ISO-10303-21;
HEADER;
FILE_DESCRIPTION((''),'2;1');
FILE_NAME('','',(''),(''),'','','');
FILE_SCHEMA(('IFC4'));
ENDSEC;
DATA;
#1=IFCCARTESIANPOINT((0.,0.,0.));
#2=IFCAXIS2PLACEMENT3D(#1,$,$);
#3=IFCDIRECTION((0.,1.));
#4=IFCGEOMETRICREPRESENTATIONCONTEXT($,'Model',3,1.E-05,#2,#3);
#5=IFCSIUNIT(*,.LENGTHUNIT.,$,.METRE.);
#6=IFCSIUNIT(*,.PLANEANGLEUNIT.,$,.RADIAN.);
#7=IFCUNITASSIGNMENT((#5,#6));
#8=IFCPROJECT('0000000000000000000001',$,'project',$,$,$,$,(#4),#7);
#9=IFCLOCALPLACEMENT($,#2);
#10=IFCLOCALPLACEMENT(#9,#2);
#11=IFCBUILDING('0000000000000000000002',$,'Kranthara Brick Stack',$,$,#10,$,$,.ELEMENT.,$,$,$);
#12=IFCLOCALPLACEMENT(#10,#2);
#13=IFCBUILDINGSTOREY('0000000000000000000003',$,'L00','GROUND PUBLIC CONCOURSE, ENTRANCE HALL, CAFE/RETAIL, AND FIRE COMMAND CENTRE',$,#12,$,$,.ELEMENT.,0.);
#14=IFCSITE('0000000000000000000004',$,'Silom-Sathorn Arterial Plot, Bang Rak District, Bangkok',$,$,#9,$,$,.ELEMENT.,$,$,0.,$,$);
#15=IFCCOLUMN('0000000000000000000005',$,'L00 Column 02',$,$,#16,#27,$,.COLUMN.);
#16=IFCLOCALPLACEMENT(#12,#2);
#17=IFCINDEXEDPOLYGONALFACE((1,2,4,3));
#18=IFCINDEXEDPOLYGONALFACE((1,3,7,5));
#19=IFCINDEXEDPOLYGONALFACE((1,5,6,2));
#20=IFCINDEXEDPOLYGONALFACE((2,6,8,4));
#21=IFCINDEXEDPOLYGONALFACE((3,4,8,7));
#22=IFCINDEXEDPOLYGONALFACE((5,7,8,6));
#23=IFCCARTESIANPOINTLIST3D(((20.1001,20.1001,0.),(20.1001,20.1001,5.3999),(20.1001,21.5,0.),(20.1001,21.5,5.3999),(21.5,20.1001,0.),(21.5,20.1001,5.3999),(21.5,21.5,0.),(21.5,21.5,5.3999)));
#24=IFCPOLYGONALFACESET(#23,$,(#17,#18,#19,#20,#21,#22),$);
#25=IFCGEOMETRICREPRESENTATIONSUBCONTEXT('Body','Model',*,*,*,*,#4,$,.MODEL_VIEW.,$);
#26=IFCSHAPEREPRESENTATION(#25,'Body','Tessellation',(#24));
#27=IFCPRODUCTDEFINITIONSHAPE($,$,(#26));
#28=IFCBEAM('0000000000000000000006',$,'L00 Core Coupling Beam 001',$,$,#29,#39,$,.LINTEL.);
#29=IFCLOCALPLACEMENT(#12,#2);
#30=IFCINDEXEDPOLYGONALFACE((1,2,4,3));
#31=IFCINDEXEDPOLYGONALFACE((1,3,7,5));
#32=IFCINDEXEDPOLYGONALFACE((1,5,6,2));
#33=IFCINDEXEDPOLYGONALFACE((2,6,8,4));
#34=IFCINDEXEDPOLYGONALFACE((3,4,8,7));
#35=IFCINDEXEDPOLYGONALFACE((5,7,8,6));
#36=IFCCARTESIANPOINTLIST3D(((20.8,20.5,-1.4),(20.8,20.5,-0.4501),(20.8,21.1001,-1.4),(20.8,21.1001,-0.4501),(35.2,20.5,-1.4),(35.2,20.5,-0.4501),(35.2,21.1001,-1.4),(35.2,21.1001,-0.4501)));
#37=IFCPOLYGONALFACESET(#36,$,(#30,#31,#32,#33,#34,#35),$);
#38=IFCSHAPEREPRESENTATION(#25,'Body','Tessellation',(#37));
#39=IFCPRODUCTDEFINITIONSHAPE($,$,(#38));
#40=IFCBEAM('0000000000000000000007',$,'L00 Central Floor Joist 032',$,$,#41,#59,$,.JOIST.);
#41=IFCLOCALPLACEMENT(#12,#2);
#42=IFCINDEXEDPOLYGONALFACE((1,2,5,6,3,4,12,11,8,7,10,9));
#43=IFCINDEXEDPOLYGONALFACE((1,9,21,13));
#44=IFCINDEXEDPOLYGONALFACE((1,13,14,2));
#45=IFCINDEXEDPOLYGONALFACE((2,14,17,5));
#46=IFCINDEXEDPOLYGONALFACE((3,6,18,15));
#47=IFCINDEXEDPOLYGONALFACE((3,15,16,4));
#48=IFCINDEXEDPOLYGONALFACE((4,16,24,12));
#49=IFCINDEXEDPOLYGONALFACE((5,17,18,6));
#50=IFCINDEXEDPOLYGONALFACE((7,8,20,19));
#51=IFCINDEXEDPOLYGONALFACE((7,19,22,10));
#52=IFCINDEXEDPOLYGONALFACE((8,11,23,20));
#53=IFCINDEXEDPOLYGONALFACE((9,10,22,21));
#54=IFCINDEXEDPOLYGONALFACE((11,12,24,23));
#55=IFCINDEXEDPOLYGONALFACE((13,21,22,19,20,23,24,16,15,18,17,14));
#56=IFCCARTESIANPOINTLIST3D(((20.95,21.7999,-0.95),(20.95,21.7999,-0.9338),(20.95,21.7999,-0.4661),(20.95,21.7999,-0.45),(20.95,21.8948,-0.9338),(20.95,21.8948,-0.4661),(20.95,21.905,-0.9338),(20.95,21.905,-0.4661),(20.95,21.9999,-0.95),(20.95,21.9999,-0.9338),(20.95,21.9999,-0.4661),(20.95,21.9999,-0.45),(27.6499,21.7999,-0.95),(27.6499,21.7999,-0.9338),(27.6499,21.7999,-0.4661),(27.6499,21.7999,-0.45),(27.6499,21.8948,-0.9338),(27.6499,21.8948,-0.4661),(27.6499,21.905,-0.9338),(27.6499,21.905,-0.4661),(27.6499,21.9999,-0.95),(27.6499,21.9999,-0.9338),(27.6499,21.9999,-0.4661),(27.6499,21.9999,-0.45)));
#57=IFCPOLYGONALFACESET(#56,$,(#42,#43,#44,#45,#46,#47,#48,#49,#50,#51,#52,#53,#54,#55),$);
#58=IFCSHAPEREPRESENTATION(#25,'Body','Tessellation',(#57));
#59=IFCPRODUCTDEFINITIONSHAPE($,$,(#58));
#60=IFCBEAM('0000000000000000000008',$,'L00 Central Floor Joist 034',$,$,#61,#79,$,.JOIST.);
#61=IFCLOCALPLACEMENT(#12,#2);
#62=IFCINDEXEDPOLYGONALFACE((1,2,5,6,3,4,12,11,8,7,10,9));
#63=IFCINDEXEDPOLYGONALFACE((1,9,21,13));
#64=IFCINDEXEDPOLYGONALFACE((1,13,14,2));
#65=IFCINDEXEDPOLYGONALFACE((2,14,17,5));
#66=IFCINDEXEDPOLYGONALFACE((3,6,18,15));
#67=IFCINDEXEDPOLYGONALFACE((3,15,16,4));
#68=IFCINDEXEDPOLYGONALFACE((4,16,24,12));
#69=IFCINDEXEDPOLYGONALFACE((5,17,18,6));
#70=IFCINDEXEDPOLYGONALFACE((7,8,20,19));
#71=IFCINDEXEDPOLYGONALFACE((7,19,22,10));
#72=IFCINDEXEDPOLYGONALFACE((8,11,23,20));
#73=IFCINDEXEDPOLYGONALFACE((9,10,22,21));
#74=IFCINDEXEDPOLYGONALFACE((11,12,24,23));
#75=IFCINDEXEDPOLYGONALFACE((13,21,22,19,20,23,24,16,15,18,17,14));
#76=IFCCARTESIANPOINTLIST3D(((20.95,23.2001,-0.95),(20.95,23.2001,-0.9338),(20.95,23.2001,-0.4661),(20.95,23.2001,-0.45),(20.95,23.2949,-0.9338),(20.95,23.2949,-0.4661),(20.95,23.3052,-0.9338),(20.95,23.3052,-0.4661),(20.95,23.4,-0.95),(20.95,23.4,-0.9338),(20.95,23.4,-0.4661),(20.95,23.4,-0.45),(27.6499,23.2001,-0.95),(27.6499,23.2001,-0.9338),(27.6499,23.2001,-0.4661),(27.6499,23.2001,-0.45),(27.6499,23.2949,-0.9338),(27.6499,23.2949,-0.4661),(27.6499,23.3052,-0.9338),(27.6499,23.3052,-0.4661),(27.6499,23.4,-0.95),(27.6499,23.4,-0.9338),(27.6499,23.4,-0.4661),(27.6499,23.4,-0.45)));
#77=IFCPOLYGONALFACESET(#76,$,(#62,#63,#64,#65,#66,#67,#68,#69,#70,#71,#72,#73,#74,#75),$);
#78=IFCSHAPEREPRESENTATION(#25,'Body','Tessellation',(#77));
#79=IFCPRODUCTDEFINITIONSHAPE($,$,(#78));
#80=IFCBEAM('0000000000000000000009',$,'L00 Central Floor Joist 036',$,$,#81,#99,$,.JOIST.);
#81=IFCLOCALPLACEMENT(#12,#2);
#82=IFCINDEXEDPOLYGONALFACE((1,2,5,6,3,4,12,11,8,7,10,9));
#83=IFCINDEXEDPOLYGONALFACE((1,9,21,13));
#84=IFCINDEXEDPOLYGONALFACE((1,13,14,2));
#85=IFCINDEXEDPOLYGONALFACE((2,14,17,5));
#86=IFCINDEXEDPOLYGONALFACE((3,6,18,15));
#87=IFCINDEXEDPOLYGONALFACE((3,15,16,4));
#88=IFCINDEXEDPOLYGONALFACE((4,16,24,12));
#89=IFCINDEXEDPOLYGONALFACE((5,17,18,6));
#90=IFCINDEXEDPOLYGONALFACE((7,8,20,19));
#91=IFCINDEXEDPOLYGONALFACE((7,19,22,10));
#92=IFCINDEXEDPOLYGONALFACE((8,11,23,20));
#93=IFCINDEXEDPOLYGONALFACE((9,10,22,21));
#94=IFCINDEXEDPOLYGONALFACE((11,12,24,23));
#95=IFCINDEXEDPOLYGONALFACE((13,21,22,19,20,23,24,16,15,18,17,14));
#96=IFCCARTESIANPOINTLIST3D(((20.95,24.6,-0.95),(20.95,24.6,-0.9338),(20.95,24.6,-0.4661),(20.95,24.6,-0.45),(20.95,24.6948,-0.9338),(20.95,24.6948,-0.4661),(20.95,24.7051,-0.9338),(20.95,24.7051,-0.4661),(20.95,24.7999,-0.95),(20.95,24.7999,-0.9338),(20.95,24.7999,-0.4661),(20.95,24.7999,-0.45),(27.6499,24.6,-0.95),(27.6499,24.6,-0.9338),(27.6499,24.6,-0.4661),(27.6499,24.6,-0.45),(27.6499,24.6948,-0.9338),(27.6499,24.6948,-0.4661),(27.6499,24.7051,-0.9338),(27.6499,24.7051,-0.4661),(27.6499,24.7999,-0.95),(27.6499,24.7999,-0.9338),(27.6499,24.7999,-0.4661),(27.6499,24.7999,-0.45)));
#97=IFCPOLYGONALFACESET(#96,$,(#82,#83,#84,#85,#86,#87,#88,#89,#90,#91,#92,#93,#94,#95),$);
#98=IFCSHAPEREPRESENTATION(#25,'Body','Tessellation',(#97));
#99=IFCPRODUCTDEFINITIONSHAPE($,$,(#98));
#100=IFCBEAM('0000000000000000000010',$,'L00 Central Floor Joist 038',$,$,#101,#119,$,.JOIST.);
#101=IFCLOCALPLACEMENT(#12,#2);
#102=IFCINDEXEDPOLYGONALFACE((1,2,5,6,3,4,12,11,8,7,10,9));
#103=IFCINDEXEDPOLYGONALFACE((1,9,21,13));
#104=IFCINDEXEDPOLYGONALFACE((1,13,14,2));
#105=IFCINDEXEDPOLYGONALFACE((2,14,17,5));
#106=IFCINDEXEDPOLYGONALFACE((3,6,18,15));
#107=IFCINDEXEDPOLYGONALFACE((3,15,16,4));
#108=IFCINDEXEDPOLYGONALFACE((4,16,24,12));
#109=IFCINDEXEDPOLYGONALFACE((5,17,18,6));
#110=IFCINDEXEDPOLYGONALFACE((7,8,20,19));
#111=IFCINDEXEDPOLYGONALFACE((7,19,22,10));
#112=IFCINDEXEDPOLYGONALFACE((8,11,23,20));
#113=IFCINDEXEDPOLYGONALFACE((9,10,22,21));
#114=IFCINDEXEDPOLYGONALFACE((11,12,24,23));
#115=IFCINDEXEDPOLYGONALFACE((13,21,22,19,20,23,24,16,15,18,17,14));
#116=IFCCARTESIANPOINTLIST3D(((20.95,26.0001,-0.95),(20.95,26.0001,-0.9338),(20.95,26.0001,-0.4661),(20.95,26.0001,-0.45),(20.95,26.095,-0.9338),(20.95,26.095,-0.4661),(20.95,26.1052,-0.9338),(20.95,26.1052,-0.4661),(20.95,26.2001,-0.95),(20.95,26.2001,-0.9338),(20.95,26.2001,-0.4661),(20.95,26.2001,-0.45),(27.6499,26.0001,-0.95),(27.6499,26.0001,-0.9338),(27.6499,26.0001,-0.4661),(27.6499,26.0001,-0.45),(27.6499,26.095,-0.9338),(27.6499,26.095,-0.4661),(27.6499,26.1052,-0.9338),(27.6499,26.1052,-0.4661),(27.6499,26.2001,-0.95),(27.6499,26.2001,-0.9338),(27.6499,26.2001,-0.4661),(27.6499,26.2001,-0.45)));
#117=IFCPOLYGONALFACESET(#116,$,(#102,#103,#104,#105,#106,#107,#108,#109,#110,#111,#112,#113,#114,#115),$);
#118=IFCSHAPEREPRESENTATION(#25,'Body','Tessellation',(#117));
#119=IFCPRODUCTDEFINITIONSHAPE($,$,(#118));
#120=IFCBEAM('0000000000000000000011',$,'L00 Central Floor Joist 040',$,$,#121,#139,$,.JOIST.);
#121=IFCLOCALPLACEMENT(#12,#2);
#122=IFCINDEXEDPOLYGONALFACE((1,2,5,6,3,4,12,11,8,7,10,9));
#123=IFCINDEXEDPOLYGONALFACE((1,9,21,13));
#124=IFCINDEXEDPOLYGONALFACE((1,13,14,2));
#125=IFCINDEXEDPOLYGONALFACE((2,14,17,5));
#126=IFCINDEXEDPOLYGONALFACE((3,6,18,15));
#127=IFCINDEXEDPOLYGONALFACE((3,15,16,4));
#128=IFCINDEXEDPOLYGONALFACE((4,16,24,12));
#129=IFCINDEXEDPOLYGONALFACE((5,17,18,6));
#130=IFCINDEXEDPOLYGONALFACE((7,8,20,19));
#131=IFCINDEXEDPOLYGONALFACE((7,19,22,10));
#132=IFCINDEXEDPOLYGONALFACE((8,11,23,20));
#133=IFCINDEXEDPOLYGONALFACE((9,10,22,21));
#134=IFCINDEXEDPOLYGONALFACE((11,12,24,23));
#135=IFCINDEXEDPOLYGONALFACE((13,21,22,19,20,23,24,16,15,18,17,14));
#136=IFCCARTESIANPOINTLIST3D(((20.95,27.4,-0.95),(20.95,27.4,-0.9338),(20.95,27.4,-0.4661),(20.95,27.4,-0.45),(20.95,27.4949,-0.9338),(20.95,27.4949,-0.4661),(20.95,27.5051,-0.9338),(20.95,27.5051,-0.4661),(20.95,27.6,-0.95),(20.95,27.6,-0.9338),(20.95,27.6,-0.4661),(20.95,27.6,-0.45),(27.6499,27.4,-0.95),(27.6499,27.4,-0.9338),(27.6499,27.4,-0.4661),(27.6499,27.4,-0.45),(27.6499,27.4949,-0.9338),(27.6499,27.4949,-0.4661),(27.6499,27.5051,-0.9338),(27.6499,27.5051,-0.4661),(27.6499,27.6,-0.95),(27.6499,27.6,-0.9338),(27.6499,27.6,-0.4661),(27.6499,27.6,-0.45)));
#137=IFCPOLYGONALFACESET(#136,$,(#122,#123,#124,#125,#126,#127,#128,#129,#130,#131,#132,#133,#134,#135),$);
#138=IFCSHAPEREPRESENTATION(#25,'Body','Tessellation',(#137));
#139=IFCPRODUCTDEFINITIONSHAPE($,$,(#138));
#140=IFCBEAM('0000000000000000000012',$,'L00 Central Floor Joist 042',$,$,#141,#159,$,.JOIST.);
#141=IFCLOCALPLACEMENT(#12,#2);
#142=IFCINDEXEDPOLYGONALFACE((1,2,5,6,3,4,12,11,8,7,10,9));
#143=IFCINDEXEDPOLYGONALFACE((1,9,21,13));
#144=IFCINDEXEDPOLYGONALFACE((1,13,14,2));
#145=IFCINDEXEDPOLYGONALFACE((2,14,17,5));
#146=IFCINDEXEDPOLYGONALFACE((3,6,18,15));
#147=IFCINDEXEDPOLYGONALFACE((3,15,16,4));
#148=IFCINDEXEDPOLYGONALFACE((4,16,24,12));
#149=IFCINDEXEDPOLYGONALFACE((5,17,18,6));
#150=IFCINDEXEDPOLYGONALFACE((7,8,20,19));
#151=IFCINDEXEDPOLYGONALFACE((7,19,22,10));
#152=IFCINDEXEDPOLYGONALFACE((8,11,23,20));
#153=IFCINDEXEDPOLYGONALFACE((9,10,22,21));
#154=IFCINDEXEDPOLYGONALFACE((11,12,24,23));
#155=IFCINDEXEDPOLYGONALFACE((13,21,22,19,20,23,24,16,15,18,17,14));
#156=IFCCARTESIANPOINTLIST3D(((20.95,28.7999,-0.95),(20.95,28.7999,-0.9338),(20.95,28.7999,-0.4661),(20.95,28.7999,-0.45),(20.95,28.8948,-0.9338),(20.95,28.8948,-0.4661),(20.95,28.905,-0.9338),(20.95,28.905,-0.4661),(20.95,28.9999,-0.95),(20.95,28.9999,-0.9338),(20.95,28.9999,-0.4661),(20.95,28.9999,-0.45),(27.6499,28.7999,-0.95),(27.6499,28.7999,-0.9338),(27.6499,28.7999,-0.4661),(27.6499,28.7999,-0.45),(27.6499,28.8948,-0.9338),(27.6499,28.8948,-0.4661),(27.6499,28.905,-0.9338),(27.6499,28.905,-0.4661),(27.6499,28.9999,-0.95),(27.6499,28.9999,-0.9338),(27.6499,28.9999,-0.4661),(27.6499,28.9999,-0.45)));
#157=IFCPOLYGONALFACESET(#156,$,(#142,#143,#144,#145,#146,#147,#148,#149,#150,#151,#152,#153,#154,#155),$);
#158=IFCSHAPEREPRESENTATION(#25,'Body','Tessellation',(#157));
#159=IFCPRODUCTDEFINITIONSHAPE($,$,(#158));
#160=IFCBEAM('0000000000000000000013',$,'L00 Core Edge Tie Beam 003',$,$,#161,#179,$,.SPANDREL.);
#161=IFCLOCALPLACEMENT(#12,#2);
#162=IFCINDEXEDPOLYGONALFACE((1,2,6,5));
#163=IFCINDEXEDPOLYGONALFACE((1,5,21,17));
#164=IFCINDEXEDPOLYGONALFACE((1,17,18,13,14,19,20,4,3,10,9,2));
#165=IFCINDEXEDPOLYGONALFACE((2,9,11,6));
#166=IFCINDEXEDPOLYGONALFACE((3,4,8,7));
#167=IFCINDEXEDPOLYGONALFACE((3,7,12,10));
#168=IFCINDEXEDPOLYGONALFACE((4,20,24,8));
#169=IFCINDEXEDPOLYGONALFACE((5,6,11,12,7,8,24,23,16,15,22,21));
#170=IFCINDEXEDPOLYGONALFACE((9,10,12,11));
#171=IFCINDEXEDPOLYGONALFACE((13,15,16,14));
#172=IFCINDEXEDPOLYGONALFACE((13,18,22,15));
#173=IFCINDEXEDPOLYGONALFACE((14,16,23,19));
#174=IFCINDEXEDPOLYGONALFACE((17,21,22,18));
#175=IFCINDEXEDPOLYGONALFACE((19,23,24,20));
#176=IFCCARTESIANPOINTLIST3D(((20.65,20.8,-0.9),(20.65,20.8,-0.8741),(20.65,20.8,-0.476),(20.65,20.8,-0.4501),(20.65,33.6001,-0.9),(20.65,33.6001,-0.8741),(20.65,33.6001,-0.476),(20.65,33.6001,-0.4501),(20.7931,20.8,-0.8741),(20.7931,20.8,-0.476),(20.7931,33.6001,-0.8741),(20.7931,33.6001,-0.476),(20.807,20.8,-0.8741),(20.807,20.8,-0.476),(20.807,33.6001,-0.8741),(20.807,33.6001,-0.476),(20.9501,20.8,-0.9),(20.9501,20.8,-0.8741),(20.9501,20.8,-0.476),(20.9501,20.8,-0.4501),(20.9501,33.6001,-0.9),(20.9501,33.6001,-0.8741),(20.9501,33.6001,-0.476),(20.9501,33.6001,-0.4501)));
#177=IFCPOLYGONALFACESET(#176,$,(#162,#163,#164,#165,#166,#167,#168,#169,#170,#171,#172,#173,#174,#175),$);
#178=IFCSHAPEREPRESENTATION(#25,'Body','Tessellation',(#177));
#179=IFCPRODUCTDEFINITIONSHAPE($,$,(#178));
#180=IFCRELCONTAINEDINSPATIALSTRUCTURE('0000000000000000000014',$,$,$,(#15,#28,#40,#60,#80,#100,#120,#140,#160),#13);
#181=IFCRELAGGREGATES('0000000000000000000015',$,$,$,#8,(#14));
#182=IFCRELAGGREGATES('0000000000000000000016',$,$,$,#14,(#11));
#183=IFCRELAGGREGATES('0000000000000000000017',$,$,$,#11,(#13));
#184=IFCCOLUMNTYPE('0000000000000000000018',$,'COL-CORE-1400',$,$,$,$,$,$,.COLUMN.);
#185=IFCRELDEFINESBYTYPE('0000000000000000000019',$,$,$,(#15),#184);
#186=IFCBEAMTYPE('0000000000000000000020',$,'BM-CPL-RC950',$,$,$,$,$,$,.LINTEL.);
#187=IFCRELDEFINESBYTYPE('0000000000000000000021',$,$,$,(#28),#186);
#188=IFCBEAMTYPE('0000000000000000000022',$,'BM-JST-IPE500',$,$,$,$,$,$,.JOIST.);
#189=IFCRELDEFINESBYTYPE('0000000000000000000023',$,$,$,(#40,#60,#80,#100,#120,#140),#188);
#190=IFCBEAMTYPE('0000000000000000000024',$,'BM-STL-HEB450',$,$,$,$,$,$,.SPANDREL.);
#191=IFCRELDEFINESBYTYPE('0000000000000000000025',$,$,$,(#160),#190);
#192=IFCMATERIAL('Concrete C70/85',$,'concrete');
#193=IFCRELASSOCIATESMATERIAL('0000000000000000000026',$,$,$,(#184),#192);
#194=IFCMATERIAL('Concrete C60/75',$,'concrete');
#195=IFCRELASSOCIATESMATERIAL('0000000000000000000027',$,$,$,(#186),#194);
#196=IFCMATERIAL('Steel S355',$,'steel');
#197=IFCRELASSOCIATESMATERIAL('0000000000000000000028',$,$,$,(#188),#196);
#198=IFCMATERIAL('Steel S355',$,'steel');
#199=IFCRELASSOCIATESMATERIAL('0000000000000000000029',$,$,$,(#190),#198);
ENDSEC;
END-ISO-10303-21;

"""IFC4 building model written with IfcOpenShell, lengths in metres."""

from ifc_helpers import new_model, si_unit, direction, frame, origin, origin_2d, place, context, subcontext, project, spatial, rectangle, i_section, extrude, material, material_profile, profile_set, type_object, element, save


model = new_model("IFC4")

# Units and contexts
model_context = context("Model", 3, precision=1e-05, world=origin(), true_north=direction((0.0, 1.0)))
body_context = subcontext(model_context, "Body", "Model", "MODEL_VIEW")
ifc_project = project(units=[si_unit("LENGTHUNIT", "METRE"), si_unit("PLANEANGLEUNIT", "RADIAN")], contexts=[model_context])

# Site, building, storey
site_placement = place(None, origin())
site = spatial("IfcSite", under=ifc_project, at=site_placement, Name="Silom-Sathorn Arterial Plot, Bang Rak District, Bangkok", CompositionType="ELEMENT", RefElevation=0.0)
building_placement = place(site_placement, origin())
building = spatial("IfcBuilding", under=site, at=building_placement, Name="Kranthara Brick Stack", CompositionType="ELEMENT")
storey_placement = place(building_placement, origin())
storey = spatial("IfcBuildingStorey", under=building, at=storey_placement, Name="L00", Description="GROUND PUBLIC CONCOURSE, ENTRANCE HALL, CAFE/RETAIL, AND FIRE COMMAND CENTRE", CompositionType="ELEMENT", Elevation=0.0)

# Column
ifc_material_1 = material(Name="Concrete C70/85", Category="concrete")
ifc_material_profile_1 = material_profile(ifc_material_1, rectangle(XDim=1.3999, YDim=1.3999, at=origin_2d()), Name="RC 1400x1400")
ifc_profile_set_1 = profile_set([ifc_material_profile_1], Name="Concrete C70/85")
column_type = type_object("IfcColumnType", Name="COL-CORE-1400", PredefinedType="COLUMN", material=ifc_profile_set_1)
column_placement = place(storey_placement, frame((20.8, 20.8, 0.0), z_axis=(0.0, 0.0, 1.0), x_axis=(1.0, 0.0, 0.0)))
element("IfcColumn", 1, at=column_placement, inside=storey, type_object=column_type, Name="L00 Column 02", PredefinedType="COLUMN", context=body_context, shape_type="SweptSolid", body=[
    extrude(rectangle(XDim=1.3999, YDim=1.3999, at=origin_2d()), origin(), (0.0, 0.0, 1.0), 5.3999),
])

# Beams
ifc_material_2 = material(Name="Concrete C60/75", Category="concrete")
ifc_material_profile_2 = material_profile(ifc_material_2, rectangle(XDim=0.6001, YDim=0.95, at=origin_2d()), Name="RC 600x950")
ifc_profile_set_2 = profile_set([ifc_material_profile_2], Name="Concrete C60/75")
beam_type_1 = type_object("IfcBeamType", Name="BM-CPL-RC950", PredefinedType="LINTEL", material=ifc_profile_set_2)
beam_1_placement = place(storey_placement, frame((20.8, 20.8, -0.925), z_axis=(1.0, 0.0, 0.0), x_axis=(0.0, 1.0, 0.0)))
element("IfcBeam", 2, at=beam_1_placement, inside=storey, type_object=beam_type_1, Name="L00 Core Coupling Beam 001", PredefinedType="LINTEL", context=body_context, shape_type="SweptSolid", body=[
    extrude(rectangle(XDim=0.6001, YDim=0.95, at=origin_2d()), origin(), (0.0, 0.0, 1.0), 14.3999),
])
ifc_material_3 = material(Name="Steel S355", Category="steel")
ifc_material_profile_3 = material_profile(ifc_material_3, i_section(OverallWidth=0.2, OverallDepth=0.5, WebThickness=0.0103, FlangeThickness=0.0161, at=origin_2d()), Name="IPE 500")
ifc_profile_set_3 = profile_set([ifc_material_profile_3], Name="Steel S355")
beam_type_2 = type_object("IfcBeamType", Name="BM-JST-IPE500", PredefinedType="JOIST", material=ifc_profile_set_3)
for number, where, z_axis, x_axis, name in (
    (3, (20.95, 21.8999, -0.7), (1.0, 0.0, 0.0), (0.0, 1.0, 0.0), "L00 Central Floor Joist 032"),
    (4, (20.95, 23.3, -0.7), (1.0, 0.0, 0.0), (0.0, 1.0, 0.0), "L00 Central Floor Joist 034"),
    (5, (20.95, 24.7, -0.7), (1.0, 0.0, 0.0), (0.0, 1.0, 0.0), "L00 Central Floor Joist 036"),
    (6, (20.95, 26.1001, -0.7), (1.0, 0.0, 0.0), (0.0, 1.0, 0.0), "L00 Central Floor Joist 038"),
    (7, (20.95, 27.5, -0.7), (1.0, 0.0, 0.0), (0.0, 1.0, 0.0), "L00 Central Floor Joist 040"),
    (8, (20.95, 28.8999, -0.7), (1.0, 0.0, 0.0), (0.0, 1.0, 0.0), "L00 Central Floor Joist 042"),
):
    element("IfcBeam", number, at=place(storey_placement, frame(where, z_axis=z_axis, x_axis=x_axis)), inside=storey, type_object=beam_type_2, Name=name, PredefinedType="JOIST", context=body_context, shape_type="SweptSolid", body=[
        extrude(i_section(OverallWidth=0.2, OverallDepth=0.5, WebThickness=0.0103, FlangeThickness=0.0161, at=origin_2d()), origin(), (0.0, 0.0, 1.0), 6.7),
    ])
ifc_material_4 = material(Name="Steel S355", Category="steel")
ifc_material_profile_4 = material_profile(ifc_material_4, i_section(OverallWidth=0.3, OverallDepth=0.45, WebThickness=0.0139, FlangeThickness=0.0259, at=origin_2d()), Name="HEB 450")
ifc_profile_set_4 = profile_set([ifc_material_profile_4], Name="Steel S355")
beam_type_3 = type_object("IfcBeamType", Name="BM-STL-HEB450", PredefinedType="SPANDREL", material=ifc_profile_set_4)
beam_2_placement = place(storey_placement, frame((20.8, 20.8, -0.675), z_axis=(0.0, 1.0, 0.0), x_axis=(-1.0, 0.0, 0.0)))
element("IfcBeam", 9, at=beam_2_placement, inside=storey, type_object=beam_type_3, Name="L00 Core Edge Tie Beam 003", PredefinedType="SPANDREL", context=body_context, shape_type="SweptSolid", body=[
    extrude(i_section(OverallWidth=0.3, OverallDepth=0.45, WebThickness=0.0139, FlangeThickness=0.0259, at=origin_2d()), origin(), (0.0, 0.0, 1.0), 12.8),
])

save(model, "model.ifc")
